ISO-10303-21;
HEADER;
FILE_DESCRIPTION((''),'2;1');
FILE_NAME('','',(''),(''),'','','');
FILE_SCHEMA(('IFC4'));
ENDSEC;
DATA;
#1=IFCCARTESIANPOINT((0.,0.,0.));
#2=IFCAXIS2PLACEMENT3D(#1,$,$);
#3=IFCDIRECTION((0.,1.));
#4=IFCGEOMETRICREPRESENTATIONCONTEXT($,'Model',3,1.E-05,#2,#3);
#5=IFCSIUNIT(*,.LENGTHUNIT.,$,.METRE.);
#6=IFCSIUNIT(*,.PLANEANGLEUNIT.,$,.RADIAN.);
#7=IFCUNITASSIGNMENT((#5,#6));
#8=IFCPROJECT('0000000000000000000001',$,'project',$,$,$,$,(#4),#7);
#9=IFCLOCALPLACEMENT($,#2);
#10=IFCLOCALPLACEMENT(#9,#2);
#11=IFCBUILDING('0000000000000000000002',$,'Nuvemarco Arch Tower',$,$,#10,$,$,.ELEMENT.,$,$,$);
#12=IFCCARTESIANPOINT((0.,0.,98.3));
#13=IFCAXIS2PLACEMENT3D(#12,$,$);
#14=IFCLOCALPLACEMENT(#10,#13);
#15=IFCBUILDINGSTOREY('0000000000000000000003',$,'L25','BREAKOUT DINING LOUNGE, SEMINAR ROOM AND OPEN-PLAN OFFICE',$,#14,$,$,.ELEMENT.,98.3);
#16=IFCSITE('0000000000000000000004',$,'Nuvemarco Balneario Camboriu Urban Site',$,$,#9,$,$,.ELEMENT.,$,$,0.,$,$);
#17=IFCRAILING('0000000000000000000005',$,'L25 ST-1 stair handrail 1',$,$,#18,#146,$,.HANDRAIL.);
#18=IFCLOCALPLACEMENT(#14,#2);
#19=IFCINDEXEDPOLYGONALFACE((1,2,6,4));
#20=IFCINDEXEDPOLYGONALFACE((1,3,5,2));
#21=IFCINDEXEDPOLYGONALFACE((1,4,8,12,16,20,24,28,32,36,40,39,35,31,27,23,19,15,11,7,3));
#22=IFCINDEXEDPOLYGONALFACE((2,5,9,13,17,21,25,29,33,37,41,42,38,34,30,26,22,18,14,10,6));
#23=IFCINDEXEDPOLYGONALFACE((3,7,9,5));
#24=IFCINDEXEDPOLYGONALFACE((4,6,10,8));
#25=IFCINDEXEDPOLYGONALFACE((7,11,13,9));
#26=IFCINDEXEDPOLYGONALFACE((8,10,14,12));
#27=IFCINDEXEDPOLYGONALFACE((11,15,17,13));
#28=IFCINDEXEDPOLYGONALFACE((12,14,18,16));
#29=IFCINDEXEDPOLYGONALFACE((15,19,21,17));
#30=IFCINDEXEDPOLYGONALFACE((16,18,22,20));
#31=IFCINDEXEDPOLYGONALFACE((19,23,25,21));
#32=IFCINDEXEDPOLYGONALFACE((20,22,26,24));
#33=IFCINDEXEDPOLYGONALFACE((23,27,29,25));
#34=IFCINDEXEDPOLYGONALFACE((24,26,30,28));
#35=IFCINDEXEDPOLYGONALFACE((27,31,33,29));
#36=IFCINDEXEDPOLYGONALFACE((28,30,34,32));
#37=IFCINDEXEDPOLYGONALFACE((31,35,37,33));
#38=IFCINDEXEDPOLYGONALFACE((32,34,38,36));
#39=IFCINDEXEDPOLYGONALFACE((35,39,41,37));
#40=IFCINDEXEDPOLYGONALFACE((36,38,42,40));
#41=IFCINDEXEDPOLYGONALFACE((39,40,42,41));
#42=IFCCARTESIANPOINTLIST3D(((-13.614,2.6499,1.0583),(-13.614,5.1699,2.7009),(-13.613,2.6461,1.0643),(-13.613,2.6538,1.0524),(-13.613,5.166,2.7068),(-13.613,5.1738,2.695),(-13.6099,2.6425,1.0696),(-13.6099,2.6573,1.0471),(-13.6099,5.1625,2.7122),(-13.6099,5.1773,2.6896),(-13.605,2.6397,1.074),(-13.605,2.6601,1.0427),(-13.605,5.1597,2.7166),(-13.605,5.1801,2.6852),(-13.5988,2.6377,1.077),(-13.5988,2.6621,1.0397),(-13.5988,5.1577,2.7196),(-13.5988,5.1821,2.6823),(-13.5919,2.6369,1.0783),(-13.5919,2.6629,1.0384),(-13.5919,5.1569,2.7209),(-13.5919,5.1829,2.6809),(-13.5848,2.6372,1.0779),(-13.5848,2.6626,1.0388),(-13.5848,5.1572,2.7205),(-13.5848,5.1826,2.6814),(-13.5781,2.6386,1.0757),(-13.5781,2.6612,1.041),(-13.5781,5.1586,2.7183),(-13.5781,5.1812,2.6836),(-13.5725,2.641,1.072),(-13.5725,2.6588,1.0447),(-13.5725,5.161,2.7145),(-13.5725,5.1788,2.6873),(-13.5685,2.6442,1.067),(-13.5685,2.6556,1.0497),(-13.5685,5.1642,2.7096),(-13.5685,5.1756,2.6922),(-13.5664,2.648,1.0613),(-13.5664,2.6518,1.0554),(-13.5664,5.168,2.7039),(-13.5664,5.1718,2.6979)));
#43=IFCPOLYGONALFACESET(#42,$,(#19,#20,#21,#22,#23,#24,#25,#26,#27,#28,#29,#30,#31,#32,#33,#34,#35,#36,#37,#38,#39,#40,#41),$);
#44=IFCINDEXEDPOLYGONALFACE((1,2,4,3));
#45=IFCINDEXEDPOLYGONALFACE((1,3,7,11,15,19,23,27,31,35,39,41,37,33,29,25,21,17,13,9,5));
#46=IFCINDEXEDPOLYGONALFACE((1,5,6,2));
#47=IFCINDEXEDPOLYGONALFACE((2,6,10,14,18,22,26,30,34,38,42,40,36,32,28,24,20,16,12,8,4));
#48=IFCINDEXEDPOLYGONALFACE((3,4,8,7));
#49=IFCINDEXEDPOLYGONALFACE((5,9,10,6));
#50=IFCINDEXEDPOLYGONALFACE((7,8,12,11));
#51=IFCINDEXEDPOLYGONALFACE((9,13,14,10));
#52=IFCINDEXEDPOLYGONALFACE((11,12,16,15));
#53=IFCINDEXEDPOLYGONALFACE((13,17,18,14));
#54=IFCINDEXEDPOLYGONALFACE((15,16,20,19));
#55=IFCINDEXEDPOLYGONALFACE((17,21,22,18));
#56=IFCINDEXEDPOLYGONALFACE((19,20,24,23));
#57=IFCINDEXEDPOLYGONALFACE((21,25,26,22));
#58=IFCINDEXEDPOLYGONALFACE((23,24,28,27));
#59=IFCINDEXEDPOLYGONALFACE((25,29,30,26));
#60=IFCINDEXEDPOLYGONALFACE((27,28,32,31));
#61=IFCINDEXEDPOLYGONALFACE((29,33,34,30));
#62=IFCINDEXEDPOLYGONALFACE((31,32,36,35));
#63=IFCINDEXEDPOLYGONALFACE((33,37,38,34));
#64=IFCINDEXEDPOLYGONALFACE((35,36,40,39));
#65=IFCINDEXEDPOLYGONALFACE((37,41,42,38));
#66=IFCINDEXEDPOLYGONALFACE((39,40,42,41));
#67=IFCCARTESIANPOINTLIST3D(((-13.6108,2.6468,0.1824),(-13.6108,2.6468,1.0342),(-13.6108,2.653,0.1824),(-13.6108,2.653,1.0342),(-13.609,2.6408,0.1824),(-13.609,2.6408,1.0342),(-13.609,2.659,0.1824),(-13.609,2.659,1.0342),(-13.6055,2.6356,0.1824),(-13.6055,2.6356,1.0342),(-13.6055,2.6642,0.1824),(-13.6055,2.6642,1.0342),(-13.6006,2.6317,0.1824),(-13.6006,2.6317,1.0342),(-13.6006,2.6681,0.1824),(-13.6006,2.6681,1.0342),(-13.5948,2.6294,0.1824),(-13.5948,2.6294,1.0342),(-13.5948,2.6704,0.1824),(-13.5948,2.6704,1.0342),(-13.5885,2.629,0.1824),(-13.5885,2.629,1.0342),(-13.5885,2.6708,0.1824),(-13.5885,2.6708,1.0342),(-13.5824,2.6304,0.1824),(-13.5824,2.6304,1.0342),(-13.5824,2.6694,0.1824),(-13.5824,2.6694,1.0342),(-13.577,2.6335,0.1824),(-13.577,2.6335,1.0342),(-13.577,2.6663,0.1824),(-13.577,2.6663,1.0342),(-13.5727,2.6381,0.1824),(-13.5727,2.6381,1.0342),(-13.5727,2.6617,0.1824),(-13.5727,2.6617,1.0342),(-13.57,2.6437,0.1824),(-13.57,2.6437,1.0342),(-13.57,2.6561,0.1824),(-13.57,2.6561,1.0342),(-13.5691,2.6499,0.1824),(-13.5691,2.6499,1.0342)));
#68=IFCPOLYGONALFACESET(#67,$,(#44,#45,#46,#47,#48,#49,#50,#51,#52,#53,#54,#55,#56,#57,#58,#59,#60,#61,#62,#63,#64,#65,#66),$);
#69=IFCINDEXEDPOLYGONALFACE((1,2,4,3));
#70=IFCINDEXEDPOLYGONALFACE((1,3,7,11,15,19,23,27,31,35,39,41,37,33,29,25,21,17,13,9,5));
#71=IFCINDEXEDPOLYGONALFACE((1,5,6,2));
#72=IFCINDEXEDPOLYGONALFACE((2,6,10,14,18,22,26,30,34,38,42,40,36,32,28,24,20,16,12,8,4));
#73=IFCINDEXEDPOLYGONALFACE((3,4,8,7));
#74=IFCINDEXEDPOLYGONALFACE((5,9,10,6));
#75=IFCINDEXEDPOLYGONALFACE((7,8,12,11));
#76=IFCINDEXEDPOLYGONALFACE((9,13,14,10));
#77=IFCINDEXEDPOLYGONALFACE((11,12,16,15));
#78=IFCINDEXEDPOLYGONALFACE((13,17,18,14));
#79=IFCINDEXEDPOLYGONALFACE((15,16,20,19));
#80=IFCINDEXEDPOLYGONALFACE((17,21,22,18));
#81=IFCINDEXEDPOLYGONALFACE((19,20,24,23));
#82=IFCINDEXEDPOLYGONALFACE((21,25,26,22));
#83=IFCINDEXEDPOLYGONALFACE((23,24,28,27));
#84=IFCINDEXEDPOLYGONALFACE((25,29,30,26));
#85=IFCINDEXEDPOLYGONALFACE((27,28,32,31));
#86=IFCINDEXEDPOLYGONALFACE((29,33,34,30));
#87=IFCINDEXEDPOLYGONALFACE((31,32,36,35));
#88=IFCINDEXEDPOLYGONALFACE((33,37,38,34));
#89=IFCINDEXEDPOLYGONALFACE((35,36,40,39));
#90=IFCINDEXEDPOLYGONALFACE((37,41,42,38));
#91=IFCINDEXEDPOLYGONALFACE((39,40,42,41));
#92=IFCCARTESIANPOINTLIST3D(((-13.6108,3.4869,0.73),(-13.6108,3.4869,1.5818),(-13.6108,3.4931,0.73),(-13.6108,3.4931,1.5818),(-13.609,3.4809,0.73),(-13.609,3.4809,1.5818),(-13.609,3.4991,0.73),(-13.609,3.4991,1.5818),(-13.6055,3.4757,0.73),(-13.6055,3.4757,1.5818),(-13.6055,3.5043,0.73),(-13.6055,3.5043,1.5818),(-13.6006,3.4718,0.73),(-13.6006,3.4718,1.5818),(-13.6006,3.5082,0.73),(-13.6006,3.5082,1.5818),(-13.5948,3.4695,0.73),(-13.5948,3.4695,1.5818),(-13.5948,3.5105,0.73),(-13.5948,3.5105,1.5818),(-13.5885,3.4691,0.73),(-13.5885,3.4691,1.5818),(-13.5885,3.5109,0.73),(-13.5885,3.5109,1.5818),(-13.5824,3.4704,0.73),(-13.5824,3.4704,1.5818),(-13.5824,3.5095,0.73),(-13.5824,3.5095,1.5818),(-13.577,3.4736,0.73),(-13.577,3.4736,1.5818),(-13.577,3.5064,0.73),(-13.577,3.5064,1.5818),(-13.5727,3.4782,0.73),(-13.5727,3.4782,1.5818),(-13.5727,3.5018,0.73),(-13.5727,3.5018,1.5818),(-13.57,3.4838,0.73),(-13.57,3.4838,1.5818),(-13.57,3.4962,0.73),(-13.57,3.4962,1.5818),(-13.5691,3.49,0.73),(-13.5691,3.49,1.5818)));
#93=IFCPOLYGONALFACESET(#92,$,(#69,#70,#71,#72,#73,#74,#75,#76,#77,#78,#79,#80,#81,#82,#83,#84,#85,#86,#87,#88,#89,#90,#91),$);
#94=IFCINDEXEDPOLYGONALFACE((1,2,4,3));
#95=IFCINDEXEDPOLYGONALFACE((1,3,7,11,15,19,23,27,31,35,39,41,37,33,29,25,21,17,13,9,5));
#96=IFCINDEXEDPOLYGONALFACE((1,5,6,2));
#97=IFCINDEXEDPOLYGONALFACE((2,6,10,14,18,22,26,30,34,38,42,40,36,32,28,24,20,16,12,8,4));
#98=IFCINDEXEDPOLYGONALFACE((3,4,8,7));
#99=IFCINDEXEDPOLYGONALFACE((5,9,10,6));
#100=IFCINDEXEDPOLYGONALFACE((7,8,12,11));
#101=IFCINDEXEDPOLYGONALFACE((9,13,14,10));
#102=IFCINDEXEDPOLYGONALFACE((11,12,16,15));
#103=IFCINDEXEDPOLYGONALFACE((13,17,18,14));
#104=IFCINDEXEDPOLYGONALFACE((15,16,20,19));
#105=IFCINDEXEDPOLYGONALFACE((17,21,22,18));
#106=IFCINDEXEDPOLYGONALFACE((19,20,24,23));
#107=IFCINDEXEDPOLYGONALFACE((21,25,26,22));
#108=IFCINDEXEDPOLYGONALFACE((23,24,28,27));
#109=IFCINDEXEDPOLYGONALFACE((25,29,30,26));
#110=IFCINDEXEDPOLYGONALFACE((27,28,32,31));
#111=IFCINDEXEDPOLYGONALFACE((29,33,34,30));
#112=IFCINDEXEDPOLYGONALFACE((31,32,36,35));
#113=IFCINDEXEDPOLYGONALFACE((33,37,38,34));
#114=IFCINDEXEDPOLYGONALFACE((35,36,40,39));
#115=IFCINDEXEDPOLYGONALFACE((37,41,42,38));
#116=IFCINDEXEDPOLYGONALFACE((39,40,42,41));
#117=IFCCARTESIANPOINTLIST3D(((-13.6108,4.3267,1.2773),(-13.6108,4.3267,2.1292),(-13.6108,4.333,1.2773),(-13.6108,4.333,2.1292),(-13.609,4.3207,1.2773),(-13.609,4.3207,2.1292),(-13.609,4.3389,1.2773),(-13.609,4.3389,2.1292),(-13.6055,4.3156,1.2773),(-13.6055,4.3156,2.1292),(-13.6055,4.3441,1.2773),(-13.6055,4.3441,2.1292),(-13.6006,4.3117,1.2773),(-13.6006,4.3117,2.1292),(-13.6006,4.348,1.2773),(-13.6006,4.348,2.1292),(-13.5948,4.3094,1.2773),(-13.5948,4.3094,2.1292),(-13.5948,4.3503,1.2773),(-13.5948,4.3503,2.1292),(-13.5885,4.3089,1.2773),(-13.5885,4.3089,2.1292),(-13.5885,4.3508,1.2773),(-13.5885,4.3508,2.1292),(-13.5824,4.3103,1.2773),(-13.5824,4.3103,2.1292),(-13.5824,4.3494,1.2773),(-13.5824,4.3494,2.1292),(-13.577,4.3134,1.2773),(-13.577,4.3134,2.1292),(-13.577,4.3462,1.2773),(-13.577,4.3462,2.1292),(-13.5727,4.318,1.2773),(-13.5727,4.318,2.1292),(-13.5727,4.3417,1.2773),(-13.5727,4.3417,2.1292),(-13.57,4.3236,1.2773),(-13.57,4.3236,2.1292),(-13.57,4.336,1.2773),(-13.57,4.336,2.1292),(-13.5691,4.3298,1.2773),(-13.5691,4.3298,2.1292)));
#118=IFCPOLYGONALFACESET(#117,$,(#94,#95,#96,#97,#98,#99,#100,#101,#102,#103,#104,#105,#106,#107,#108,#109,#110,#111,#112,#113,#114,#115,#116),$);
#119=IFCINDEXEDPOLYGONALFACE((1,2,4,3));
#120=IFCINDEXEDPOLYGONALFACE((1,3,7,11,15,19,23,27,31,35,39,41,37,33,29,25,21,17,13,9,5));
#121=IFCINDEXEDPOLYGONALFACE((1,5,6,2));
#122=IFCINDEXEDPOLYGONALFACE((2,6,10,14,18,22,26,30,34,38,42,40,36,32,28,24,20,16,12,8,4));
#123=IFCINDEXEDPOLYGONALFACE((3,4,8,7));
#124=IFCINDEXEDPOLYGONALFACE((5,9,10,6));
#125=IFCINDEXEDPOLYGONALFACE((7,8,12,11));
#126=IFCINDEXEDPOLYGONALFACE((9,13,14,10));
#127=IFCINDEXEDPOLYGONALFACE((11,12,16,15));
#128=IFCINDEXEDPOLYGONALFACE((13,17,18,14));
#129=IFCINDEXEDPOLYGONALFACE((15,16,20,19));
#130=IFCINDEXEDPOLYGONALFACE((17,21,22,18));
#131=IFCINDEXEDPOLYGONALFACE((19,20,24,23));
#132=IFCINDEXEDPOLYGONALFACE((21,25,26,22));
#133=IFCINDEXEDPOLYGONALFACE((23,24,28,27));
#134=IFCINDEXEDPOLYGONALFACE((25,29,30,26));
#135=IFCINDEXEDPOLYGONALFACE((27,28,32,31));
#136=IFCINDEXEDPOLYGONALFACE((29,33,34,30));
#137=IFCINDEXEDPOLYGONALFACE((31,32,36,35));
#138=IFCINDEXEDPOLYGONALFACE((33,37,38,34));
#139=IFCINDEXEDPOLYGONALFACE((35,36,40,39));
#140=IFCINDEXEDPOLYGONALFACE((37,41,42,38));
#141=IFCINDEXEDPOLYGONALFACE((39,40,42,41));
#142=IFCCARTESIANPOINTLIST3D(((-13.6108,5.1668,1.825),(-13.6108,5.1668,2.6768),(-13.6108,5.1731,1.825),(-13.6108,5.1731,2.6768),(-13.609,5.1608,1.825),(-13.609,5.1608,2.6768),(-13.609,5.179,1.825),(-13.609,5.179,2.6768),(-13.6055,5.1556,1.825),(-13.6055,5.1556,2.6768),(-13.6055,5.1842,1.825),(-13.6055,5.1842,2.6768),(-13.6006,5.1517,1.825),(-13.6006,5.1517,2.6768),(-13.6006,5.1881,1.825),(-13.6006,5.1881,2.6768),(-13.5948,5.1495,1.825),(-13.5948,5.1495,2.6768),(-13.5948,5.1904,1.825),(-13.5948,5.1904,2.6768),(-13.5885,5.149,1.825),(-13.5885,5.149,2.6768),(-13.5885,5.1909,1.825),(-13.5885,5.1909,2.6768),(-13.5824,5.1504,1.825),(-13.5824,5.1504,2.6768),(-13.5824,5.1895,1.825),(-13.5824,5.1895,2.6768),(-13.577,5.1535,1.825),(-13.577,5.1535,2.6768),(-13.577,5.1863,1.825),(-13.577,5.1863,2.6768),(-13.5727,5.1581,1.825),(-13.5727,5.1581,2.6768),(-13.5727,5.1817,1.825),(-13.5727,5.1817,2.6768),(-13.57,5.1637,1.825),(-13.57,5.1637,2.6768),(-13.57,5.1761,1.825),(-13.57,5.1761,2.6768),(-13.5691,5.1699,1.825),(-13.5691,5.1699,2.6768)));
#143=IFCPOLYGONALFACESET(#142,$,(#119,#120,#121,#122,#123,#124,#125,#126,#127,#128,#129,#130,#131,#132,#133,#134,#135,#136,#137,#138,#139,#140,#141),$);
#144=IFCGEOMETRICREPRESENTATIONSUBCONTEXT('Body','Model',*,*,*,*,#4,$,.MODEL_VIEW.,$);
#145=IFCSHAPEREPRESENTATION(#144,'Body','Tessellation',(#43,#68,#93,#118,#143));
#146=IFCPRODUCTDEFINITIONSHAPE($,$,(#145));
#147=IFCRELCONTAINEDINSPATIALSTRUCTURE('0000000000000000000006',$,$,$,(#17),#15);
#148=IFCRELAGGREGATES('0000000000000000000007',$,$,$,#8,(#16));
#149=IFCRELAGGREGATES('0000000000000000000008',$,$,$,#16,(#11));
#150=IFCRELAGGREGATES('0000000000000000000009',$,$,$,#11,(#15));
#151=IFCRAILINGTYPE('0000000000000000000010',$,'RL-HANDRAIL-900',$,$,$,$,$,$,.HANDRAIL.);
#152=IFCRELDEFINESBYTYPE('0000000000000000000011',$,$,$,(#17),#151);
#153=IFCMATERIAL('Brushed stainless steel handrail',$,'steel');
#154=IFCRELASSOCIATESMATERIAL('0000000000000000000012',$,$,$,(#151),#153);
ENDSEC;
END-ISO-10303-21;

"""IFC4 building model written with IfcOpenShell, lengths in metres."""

from ifc_helpers import new_model, si_unit, direction, frame, origin, origin_2d, place, context, subcontext, project, spatial, circle, extrude, material, type_object, element, save


model = new_model("IFC4")

# Units and contexts
model_context = context("Model", 3, precision=1e-05, world=origin(), true_north=direction((0.0, 1.0)))
body_context = subcontext(model_context, "Body", "Model", "MODEL_VIEW")
ifc_project = project(units=[si_unit("LENGTHUNIT", "METRE"), si_unit("PLANEANGLEUNIT", "RADIAN")], contexts=[model_context])

# Site, building, storey
site_placement = place(None, origin())
site = spatial("IfcSite", under=ifc_project, at=site_placement, Name="Nuvemarco Balneario Camboriu Urban Site", CompositionType="ELEMENT", RefElevation=0.0)
building_placement = place(site_placement, origin())
building = spatial("IfcBuilding", under=site, at=building_placement, Name="Nuvemarco Arch Tower", CompositionType="ELEMENT")
storey_placement = place(building_placement, frame((0.0, 0.0, 98.3)))
storey = spatial("IfcBuildingStorey", under=building, at=storey_placement, Name="L25", Description="BREAKOUT DINING LOUNGE, SEMINAR ROOM AND OPEN-PLAN OFFICE", CompositionType="ELEMENT", Elevation=98.3)

# Railing
ifc_material_1 = material(Name="Brushed stainless steel handrail", Category="steel")
railing_type_1 = type_object("IfcRailingType", Name="RL-HANDRAIL-900", PredefinedType="HANDRAIL", material=ifc_material_1)
railing_1_placement = place(storey_placement, frame((-13.5901, 2.6499, 0.1824)))
element("IfcRailing", 1, at=railing_1_placement, inside=storey, type_object=railing_type_1, Name="L25 ST-1 stair handrail 1", PredefinedType="HANDRAIL", context=body_context, shape_type="SweptSolid", body=[
    extrude(circle(Radius=0.0239, at=origin_2d()), frame((0.0, 0.0, 0.876), z_axis=(0.0, 0.837749, 0.546055), x_axis=(-1.0, 0.0, 0.0)), (0.0, 0.0, 1.0), 3.0081),
    extrude(circle(Radius=0.021, at=origin_2d()), origin(), (0.0, 0.0, 1.0), 0.8518),
    extrude(circle(Radius=0.021, at=origin_2d()), frame((0.0, 0.8401, 0.5476)), (0.0, 0.0, 1.0), 0.8518),
    extrude(circle(Radius=0.021, at=origin_2d()), frame((0.0, 1.6799, 1.095)), (0.0, 0.0, 1.0), 0.8518),
    extrude(circle(Radius=0.021, at=origin_2d()), frame((0.0, 2.52, 1.6426)), (0.0, 0.0, 1.0), 0.8518),
])

save(model, "model.ifc")
